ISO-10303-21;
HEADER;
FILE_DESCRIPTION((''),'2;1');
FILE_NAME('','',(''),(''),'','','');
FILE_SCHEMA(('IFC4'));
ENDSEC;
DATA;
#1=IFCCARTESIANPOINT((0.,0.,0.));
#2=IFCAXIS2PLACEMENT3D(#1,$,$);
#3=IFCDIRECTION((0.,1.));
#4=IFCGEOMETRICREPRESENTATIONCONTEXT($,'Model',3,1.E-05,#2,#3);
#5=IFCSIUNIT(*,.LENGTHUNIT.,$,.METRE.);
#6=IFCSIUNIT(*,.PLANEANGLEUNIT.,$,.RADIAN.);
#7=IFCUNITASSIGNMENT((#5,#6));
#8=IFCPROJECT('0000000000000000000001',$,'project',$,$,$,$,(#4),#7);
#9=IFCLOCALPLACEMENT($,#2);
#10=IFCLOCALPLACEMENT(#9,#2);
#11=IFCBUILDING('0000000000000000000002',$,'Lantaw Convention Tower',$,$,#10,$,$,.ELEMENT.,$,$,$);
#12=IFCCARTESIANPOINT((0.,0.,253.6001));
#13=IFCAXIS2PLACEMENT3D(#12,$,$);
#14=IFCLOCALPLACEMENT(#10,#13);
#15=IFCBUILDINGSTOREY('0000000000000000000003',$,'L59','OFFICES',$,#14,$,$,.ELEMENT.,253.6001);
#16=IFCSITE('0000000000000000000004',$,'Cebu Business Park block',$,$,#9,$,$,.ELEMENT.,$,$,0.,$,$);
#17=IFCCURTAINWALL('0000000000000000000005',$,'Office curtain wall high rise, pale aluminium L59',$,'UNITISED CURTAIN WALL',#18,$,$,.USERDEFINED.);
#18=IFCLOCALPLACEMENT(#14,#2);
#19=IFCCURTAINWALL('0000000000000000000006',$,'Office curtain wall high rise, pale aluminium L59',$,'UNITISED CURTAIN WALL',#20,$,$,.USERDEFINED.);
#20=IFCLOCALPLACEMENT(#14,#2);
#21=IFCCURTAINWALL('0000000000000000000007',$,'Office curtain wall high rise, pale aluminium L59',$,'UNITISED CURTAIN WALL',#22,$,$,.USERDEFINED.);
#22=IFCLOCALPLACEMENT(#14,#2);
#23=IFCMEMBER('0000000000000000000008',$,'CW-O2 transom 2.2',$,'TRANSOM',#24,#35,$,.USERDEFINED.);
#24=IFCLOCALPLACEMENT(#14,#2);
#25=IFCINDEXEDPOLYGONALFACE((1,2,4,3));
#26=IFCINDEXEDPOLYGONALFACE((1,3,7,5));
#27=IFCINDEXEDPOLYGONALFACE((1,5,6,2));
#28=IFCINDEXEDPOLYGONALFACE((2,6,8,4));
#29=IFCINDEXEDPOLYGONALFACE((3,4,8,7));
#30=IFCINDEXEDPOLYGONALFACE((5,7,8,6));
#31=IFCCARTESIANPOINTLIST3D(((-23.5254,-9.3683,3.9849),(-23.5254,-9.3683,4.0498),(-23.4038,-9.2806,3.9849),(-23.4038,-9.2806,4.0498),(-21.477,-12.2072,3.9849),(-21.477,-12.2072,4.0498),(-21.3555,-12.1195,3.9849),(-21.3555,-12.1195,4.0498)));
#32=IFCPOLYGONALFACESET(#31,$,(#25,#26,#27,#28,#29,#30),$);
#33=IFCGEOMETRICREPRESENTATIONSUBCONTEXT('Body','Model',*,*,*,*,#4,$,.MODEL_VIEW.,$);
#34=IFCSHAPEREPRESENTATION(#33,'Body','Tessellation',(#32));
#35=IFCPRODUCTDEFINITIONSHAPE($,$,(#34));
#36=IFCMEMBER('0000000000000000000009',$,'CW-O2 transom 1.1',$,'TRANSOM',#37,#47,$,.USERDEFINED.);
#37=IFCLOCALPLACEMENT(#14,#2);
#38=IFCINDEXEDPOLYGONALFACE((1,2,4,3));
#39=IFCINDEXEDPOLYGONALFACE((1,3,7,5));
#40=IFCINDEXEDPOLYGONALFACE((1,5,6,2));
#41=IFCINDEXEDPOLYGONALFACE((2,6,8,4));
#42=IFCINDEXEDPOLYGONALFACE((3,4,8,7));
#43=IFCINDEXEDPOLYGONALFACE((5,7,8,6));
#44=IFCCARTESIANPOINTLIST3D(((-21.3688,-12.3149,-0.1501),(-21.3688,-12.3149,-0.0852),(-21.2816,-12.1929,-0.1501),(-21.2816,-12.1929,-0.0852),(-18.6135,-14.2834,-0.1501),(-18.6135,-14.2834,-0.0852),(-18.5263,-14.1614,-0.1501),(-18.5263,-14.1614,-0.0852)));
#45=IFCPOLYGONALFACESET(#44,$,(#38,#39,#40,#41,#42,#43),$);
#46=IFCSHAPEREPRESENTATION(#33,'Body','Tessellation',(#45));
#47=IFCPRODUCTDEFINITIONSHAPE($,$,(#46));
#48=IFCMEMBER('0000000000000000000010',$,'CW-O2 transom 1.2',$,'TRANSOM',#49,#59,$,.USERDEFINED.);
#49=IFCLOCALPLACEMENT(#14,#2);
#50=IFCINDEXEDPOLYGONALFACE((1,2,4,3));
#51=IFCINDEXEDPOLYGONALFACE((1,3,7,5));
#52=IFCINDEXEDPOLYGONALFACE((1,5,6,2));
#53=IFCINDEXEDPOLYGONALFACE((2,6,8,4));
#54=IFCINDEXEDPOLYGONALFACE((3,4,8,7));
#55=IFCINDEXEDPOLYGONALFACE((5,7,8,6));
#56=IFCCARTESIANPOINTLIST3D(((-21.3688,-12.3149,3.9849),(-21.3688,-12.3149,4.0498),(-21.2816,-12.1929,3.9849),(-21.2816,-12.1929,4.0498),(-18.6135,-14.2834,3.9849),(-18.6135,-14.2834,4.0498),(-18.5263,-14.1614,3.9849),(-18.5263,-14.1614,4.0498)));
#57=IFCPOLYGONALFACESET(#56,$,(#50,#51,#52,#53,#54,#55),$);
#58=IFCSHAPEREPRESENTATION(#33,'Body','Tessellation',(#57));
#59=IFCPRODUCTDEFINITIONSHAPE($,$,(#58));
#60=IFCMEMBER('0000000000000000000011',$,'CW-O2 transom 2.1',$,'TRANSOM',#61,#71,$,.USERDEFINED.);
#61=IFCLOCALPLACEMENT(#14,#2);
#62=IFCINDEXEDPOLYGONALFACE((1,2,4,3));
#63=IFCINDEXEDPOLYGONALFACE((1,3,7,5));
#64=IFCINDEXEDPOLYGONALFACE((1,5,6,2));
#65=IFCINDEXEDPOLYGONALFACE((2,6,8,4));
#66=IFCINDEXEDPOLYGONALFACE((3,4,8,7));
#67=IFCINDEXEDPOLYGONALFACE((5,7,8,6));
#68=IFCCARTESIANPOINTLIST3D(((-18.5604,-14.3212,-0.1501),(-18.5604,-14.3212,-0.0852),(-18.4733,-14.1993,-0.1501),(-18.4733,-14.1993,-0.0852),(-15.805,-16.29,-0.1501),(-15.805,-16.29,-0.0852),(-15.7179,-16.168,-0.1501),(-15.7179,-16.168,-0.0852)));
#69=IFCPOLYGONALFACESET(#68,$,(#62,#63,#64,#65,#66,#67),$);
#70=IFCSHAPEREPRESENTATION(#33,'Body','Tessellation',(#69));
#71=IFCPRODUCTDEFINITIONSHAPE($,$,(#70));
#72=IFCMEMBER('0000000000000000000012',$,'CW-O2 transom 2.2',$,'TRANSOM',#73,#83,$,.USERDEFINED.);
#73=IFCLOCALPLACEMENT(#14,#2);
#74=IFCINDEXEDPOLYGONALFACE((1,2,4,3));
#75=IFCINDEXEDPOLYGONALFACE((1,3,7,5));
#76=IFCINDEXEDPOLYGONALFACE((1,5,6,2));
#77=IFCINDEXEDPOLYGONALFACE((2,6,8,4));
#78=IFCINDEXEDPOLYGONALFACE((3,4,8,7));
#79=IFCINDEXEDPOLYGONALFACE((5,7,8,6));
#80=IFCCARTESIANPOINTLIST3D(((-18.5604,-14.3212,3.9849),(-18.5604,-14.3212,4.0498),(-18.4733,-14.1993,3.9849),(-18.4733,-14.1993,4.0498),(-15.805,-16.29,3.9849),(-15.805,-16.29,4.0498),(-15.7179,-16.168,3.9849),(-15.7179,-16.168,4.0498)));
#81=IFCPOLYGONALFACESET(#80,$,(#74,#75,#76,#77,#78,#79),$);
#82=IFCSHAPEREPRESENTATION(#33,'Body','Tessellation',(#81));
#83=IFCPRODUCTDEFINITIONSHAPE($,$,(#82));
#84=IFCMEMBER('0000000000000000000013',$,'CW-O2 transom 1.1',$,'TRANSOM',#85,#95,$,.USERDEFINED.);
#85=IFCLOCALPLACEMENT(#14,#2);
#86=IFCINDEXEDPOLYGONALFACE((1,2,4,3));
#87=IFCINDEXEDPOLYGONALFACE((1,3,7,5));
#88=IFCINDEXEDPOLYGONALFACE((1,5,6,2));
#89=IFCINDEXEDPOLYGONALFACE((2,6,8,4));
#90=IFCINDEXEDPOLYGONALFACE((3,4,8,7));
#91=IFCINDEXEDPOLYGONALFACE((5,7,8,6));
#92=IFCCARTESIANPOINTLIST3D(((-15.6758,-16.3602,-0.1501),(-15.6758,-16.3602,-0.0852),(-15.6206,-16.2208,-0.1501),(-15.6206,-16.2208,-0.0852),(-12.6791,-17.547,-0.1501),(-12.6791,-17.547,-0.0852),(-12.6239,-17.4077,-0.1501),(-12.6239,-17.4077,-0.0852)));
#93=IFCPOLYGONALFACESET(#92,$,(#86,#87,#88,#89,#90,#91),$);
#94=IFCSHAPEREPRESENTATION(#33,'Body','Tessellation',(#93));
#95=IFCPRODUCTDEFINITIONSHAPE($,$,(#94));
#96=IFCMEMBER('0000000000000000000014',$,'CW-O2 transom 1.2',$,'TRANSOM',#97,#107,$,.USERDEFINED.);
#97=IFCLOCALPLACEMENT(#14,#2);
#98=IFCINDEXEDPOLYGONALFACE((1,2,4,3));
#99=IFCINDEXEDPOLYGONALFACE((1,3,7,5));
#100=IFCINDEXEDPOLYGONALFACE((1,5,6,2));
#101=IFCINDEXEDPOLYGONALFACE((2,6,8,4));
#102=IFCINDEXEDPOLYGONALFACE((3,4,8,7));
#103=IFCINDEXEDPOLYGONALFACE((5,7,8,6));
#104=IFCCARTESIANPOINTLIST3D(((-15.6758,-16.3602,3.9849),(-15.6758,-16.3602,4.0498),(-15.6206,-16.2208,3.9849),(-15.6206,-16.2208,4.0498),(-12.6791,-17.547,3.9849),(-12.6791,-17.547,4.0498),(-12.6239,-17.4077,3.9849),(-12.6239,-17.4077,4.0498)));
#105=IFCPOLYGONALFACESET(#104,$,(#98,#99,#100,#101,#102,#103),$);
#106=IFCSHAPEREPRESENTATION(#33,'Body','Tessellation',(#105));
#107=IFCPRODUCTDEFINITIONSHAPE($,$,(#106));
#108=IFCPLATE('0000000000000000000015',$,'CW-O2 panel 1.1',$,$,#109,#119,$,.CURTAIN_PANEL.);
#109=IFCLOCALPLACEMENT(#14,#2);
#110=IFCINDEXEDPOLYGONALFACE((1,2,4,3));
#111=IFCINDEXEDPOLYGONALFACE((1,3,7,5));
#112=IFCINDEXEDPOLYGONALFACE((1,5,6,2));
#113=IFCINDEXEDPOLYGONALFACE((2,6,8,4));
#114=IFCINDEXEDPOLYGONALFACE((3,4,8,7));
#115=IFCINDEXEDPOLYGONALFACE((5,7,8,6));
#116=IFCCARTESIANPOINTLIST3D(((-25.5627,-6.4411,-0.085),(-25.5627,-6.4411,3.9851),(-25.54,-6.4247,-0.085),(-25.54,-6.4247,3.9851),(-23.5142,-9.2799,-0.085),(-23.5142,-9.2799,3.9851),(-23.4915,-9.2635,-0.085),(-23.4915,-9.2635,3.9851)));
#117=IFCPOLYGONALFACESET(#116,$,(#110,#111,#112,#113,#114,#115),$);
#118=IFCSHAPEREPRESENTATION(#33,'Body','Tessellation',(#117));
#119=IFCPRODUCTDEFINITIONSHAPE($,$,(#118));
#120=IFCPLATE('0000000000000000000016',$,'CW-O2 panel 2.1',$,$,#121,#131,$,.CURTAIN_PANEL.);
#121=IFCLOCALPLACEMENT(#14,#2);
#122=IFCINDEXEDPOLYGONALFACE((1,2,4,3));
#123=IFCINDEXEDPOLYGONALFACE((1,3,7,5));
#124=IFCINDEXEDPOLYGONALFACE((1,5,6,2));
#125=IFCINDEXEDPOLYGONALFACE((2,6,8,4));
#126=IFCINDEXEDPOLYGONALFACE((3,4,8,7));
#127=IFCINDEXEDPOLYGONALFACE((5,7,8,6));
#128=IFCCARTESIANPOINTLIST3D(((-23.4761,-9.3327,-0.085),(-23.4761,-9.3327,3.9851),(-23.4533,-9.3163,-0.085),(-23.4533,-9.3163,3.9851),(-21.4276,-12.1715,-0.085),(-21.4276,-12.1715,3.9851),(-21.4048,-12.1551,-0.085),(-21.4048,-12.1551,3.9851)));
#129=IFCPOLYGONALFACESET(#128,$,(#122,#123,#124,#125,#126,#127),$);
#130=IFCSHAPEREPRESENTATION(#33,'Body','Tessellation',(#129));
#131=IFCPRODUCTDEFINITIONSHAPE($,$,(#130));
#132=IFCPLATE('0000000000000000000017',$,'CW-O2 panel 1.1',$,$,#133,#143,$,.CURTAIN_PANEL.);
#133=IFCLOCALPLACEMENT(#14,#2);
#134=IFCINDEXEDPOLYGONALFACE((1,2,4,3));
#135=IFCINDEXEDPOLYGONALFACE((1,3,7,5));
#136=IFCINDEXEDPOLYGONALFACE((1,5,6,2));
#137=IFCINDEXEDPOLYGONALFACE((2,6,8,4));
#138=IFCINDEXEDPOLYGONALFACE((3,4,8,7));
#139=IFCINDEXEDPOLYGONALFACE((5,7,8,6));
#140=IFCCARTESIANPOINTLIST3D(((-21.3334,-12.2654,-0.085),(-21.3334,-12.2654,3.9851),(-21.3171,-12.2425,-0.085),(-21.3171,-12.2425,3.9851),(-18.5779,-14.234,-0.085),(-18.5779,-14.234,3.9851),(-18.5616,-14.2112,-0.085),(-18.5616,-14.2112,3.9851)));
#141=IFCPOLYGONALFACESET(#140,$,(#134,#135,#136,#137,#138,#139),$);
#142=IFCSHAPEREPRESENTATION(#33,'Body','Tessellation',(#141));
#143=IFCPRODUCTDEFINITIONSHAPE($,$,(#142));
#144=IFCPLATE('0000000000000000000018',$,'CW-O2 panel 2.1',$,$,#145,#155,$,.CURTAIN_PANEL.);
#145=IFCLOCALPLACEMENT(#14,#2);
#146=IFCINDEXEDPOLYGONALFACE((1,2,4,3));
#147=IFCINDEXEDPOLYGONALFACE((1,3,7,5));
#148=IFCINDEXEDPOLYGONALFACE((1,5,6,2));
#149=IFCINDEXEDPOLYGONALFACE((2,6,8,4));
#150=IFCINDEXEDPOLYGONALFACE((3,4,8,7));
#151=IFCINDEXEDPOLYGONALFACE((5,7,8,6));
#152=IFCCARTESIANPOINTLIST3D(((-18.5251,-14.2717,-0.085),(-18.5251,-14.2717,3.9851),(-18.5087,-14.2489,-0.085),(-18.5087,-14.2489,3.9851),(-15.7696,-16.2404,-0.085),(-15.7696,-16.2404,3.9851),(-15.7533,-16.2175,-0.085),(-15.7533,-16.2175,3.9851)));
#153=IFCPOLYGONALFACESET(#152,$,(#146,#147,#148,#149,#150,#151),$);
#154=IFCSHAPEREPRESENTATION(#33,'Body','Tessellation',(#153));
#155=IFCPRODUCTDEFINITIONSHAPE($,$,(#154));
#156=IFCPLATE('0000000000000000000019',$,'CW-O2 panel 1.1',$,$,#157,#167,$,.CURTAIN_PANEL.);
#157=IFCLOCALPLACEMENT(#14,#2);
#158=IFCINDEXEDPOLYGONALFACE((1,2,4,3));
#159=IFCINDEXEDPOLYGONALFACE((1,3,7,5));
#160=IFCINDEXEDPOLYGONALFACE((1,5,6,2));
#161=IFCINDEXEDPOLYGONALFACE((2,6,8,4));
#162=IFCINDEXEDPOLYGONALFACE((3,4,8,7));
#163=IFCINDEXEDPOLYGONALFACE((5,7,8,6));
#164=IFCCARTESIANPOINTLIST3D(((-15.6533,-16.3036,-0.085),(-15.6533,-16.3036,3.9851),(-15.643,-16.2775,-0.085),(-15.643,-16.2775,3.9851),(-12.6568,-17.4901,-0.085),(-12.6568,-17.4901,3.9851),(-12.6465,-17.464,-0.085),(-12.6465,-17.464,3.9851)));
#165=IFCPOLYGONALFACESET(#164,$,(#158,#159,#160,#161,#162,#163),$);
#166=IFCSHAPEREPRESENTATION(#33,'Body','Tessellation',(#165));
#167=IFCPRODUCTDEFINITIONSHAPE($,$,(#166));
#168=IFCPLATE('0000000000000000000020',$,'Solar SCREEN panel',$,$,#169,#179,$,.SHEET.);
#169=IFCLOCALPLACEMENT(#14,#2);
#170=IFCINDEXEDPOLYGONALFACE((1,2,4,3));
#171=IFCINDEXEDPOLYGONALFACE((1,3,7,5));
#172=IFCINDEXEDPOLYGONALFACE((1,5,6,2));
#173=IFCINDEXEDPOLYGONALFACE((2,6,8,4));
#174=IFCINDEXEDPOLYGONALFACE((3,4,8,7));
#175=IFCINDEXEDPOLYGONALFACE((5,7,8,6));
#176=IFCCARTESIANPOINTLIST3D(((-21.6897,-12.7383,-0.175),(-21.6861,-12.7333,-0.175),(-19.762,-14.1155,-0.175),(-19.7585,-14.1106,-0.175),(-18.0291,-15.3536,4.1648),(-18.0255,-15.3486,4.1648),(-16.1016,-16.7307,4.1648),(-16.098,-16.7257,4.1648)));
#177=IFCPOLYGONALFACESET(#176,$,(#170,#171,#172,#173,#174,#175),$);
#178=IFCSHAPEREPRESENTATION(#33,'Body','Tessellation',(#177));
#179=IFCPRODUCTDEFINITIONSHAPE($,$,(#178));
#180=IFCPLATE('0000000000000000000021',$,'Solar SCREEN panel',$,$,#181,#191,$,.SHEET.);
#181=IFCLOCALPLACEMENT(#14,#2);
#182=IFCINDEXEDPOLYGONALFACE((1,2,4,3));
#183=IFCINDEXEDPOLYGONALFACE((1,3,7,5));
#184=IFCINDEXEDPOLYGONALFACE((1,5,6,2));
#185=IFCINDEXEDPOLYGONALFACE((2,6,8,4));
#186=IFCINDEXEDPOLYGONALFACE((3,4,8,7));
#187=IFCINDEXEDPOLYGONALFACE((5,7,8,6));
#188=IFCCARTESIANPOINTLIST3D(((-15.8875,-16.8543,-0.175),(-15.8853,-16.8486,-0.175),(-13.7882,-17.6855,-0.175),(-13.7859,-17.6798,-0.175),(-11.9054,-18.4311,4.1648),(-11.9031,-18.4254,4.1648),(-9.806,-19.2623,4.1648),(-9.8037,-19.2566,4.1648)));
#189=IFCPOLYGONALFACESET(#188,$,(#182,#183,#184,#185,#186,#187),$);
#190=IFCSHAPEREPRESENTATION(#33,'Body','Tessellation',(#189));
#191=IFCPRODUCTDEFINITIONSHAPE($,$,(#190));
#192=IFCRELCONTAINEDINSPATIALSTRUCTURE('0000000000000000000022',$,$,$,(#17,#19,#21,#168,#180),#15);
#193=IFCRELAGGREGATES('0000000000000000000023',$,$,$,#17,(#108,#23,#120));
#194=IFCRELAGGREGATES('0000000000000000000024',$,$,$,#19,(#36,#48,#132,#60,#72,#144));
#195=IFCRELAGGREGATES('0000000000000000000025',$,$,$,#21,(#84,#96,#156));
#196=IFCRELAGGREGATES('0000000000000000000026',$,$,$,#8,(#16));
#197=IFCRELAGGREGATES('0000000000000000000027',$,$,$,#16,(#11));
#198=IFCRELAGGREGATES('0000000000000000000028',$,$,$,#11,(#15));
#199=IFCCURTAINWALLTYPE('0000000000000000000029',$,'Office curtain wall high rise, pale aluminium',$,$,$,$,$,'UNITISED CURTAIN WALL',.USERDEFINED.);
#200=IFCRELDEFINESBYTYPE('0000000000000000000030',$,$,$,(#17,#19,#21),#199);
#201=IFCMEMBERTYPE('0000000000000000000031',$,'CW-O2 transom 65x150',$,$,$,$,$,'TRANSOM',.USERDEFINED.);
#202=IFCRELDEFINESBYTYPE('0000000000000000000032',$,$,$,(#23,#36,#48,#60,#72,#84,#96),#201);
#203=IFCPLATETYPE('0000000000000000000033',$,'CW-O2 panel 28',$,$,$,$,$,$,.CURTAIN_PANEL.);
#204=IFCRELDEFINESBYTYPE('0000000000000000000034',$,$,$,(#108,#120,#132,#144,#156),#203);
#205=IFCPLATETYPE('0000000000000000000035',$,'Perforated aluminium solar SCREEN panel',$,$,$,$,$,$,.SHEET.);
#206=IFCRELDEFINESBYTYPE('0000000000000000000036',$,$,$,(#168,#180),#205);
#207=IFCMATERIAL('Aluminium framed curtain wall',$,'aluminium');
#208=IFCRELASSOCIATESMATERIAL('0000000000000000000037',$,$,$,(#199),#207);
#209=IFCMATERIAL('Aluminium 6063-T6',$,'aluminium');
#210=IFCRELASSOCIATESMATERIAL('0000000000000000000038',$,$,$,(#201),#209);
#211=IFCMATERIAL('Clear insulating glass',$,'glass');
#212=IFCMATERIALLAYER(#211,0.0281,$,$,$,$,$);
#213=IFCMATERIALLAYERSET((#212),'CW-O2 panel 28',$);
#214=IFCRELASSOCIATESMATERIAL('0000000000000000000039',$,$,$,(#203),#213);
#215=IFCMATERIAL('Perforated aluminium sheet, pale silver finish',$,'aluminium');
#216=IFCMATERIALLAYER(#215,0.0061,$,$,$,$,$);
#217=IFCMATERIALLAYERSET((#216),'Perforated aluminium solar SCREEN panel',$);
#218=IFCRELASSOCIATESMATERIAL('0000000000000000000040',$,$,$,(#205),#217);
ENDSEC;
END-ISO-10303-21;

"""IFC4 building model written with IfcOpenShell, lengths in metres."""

from ifc_helpers import new_model, si_unit, direction, frame, origin, origin_2d, place, context, subcontext, project, spatial, polyline, rectangle, outline, extrude, material, layer, layer_set, material_profile, profile_set, type_object, element, aggregate, save


model = new_model("IFC4")

# Units and contexts
model_context = context("Model", 3, precision=1e-05, world=origin(), true_north=direction((0.0, 1.0)))
body_context = subcontext(model_context, "Body", "Model", "MODEL_VIEW")
ifc_project = project(units=[si_unit("LENGTHUNIT", "METRE"), si_unit("PLANEANGLEUNIT", "RADIAN")], contexts=[model_context])

# Site, building, storey
site_placement = place(None, origin())
site = spatial("IfcSite", under=ifc_project, at=site_placement, Name="Cebu Business Park block", CompositionType="ELEMENT", RefElevation=0.0)
building_placement = place(site_placement, origin())
building = spatial("IfcBuilding", under=site, at=building_placement, Name="Lantaw Convention Tower", CompositionType="ELEMENT")
storey_placement = place(building_placement, frame((0.0, 0.0, 253.6001)))
storey = spatial("IfcBuildingStorey", under=building, at=storey_placement, Name="L59", Description="OFFICES", CompositionType="ELEMENT", Elevation=253.6001)

# Curtain walls
ifc_material_1 = material(Name="Aluminium framed curtain wall", Category="aluminium")
curtain_wall_type = type_object("IfcCurtainWallType", Name="Office curtain wall high rise, pale aluminium", ElementType="UNITISED CURTAIN WALL", PredefinedType="USERDEFINED", material=ifc_material_1)
curtain_wall_1_placement = place(storey_placement, origin())
curtain_wall_1 = element("IfcCurtainWall", 1, at=curtain_wall_1_placement, inside=storey, type_object=curtain_wall_type, Name="Office curtain wall high rise, pale aluminium L59", ObjectType="UNITISED CURTAIN WALL", PredefinedType="USERDEFINED")
ifc_material_2 = material(Name="Aluminium 6063-T6", Category="aluminium")
curtain_wall_2_placement = place(storey_placement, origin())
curtain_wall_2 = element("IfcCurtainWall", 2, at=curtain_wall_2_placement, inside=storey, type_object=curtain_wall_type, Name="Office curtain wall high rise, pale aluminium L59", ObjectType="UNITISED CURTAIN WALL", PredefinedType="USERDEFINED")

# Curtain wall
curtain_wall_3_placement = place(storey_placement, origin())
curtain_wall_3 = element("IfcCurtainWall", 3, at=curtain_wall_3_placement, inside=storey, type_object=curtain_wall_type, Name="Office curtain wall high rise, pale aluminium L59", ObjectType="UNITISED CURTAIN WALL", PredefinedType="USERDEFINED")

# Members
ifc_material_profile_1 = material_profile(ifc_material_2, rectangle(XDim=0.1499, YDim=0.0649, at=origin_2d()), Name="CW-O2 transom 65x150")
ifc_profile_set_1 = profile_set([ifc_material_profile_1], Name="Aluminium 6063-T6")
member_type_1 = type_object("IfcMemberType", Name="CW-O2 transom 65x150", ElementType="TRANSOM", PredefinedType="USERDEFINED", material=ifc_profile_set_1)
member_1_placement = place(storey_placement, frame((-23.4646, -9.3245, 4.0173), z_axis=(0.585124, -0.810944, 0.0), x_axis=(0.810944, 0.585124, 0.0)))
member_1 = element("IfcMember", 4, at=member_1_placement, type_object=member_type_1, Name="CW-O2 transom 2.2", ObjectType="TRANSOM", PredefinedType="USERDEFINED", context=body_context, shape_type="SweptSolid", body=[
    extrude(rectangle(XDim=0.1499, YDim=0.0649, at=origin_2d()), origin(), (0.0, 0.0, 1.0), 3.5007),
])
member_2_placement = place(storey_placement, frame((-21.3252, -12.2539, -0.1177), z_axis=(0.81368, -0.581313, 0.0), x_axis=(0.581313, 0.81368, 0.0)))
member_2 = element("IfcMember", 5, at=member_2_placement, type_object=member_type_1, Name="CW-O2 transom 1.1", ObjectType="TRANSOM", PredefinedType="USERDEFINED", context=body_context, shape_type="SweptSolid", body=[
    extrude(rectangle(XDim=0.1499, YDim=0.0649, at=origin_2d()), origin(), (0.0, 0.0, 1.0), 3.3862),
])
member_3_placement = place(storey_placement, frame((-21.3252, -12.2539, 4.0173), z_axis=(0.81368, -0.581313, 0.0), x_axis=(0.581313, 0.81368, 0.0)))
member_3 = element("IfcMember", 6, at=member_3_placement, type_object=member_type_1, Name="CW-O2 transom 1.2", ObjectType="TRANSOM", PredefinedType="USERDEFINED", context=body_context, shape_type="SweptSolid", body=[
    extrude(rectangle(XDim=0.1499, YDim=0.0649, at=origin_2d()), origin(), (0.0, 0.0, 1.0), 3.3862),
])
member_4_placement = place(storey_placement, frame((-18.5168, -14.2603, -0.1177), z_axis=(0.813646, -0.581361, 0.0), x_axis=(0.581361, 0.813646, 0.0)))
member_4 = element("IfcMember", 7, at=member_4_placement, type_object=member_type_1, Name="CW-O2 transom 2.1", ObjectType="TRANSOM", PredefinedType="USERDEFINED", context=body_context, shape_type="SweptSolid", body=[
    extrude(rectangle(XDim=0.1499, YDim=0.0649, at=origin_2d()), origin(), (0.0, 0.0, 1.0), 3.3865),
])
member_5_placement = place(storey_placement, frame((-18.5168, -14.2603, 4.0173), z_axis=(0.813646, -0.581361, 0.0), x_axis=(0.581361, 0.813646, 0.0)))
member_5 = element("IfcMember", 8, at=member_5_placement, type_object=member_type_1, Name="CW-O2 transom 2.2", ObjectType="TRANSOM", PredefinedType="USERDEFINED", context=body_context, shape_type="SweptSolid", body=[
    extrude(rectangle(XDim=0.1499, YDim=0.0649, at=origin_2d()), origin(), (0.0, 0.0, 1.0), 3.3865),
])
member_6_placement = place(storey_placement, frame((-15.6482, -16.2905, -0.1177), z_axis=(0.929741, -0.368215, 0.0), x_axis=(0.368215, 0.929741, 0.0)))
member_6 = element("IfcMember", 9, at=member_6_placement, type_object=member_type_1, Name="CW-O2 transom 1.1", ObjectType="TRANSOM", PredefinedType="USERDEFINED", context=body_context, shape_type="SweptSolid", body=[
    extrude(rectangle(XDim=0.1499, YDim=0.0649, at=origin_2d()), origin(), (0.0, 0.0, 1.0), 3.2231),
])
member_7_placement = place(storey_placement, frame((-15.6482, -16.2905, 4.0173), z_axis=(0.929741, -0.368215, 0.0), x_axis=(0.368215, 0.929741, 0.0)))
member_7 = element("IfcMember", 10, at=member_7_placement, type_object=member_type_1, Name="CW-O2 transom 1.2", ObjectType="TRANSOM", PredefinedType="USERDEFINED", context=body_context, shape_type="SweptSolid", body=[
    extrude(rectangle(XDim=0.1499, YDim=0.0649, at=origin_2d()), origin(), (0.0, 0.0, 1.0), 3.2231),
])

# Plates
ifc_material_3 = material(Name="Clear insulating glass", Category="glass")
ifc_layer_1 = layer(ifc_material_3, 0.0281)
ifc_layer_set_1 = layer_set([ifc_layer_1], Name="CW-O2 panel 28")
plate_type_1 = type_object("IfcPlateType", Name="CW-O2 panel 28", PredefinedType="CURTAIN_PANEL", material=ifc_layer_set_1)
plate_1_placement = place(storey_placement, frame((-24.5271, -7.8523, -0.085), z_axis=(0.0, 0.0, 1.0), x_axis=(0.585158, -0.81092, 0.0)))
plate_1 = element("IfcPlate", 11, at=plate_1_placement, type_object=plate_type_1, Name="CW-O2 panel 1.1", PredefinedType="CURTAIN_PANEL", context=body_context, shape_type="SweptSolid", body=[
    extrude(rectangle(XDim=3.5007, YDim=0.0281, at=origin_2d()), origin(), (0.0, 0.0, 1.0), 4.0701),
])
plate_2_placement = place(storey_placement, frame((-22.4404, -10.7439, -0.085), z_axis=(0.0, 0.0, 1.0), x_axis=(0.585158, -0.81092, 0.0)))
plate_2 = element("IfcPlate", 12, at=plate_2_placement, type_object=plate_type_1, Name="CW-O2 panel 2.1", PredefinedType="CURTAIN_PANEL", context=body_context, shape_type="SweptSolid", body=[
    extrude(rectangle(XDim=3.5007, YDim=0.0281, at=origin_2d()), origin(), (0.0, 0.0, 1.0), 4.0701),
])
aggregate(curtain_wall_1, [plate_1, member_1, plate_2])
plate_3_placement = place(storey_placement, frame((-19.9475, -13.2383, -0.085), z_axis=(0.0, 0.0, 1.0), x_axis=(0.813673, -0.581323, 0.0)))
plate_3 = element("IfcPlate", 13, at=plate_3_placement, type_object=plate_type_1, Name="CW-O2 panel 1.1", PredefinedType="CURTAIN_PANEL", context=body_context, shape_type="SweptSolid", body=[
    extrude(rectangle(XDim=3.3865, YDim=0.0281, at=origin_2d()), origin(), (0.0, 0.0, 1.0), 4.0701),
])
plate_4_placement = place(storey_placement, frame((-17.1392, -15.2446, -0.085), z_axis=(0.0, 0.0, 1.0), x_axis=(0.813673, -0.581323, 0.0)))
plate_4 = element("IfcPlate", 14, at=plate_4_placement, type_object=plate_type_1, Name="CW-O2 panel 2.1", PredefinedType="CURTAIN_PANEL", context=body_context, shape_type="SweptSolid", body=[
    extrude(rectangle(XDim=3.3865, YDim=0.0281, at=origin_2d()), origin(), (0.0, 0.0, 1.0), 4.0701),
])
aggregate(curtain_wall_2, [member_2, member_3, plate_3, member_4, member_5, plate_4])
plate_5_placement = place(storey_placement, frame((-14.1499, -16.8838, -0.085), z_axis=(0.0, 0.0, 1.0), x_axis=(0.929762, -0.368162, 0.0)))
plate_5 = element("IfcPlate", 15, at=plate_5_placement, type_object=plate_type_1, Name="CW-O2 panel 1.1", PredefinedType="CURTAIN_PANEL", context=body_context, shape_type="SweptSolid", body=[
    extrude(rectangle(XDim=3.2229, YDim=0.0281, at=origin_2d()), origin(), (0.0, 0.0, 1.0), 4.0701),
])
aggregate(curtain_wall_3, [member_6, member_7, plate_5])

# Plates
ifc_material_4 = material(Name="Perforated aluminium sheet, pale silver finish", Category="aluminium")
ifc_layer_2 = layer(ifc_material_4, 0.0061)
ifc_layer_set_2 = layer_set([ifc_layer_2], Name="Perforated aluminium solar SCREEN panel")
plate_type_2 = type_object("IfcPlateType", Name="Perforated aluminium solar SCREEN panel", PredefinedType="SHEET", material=ifc_layer_set_2)
plate_6_placement = place(storey_placement, frame((-21.6897, -12.7383, -0.175), z_axis=(-0.581331, -0.813667, 0.00001), x_axis=(0.813667, -0.581331, 0.0)))
element("IfcPlate", 16, at=plate_6_placement, inside=storey, type_object=plate_type_2, Name="Solar SCREEN panel", PredefinedType="SHEET", context=body_context, shape_type="SweptSolid", body=[
    extrude(outline(polyline([(0.0, 0.0), (2.3691, 0.0), (6.8678, 4.3398), (4.4989, 4.3398), (0.0, 0.0)])), origin(), (0.0, 0.0, -1.0), 0.0061),
])
plate_7_placement = place(storey_placement, frame((-15.8853, -16.8486, -0.175), z_axis=(0.368117, 0.92978, 0.000036), x_axis=(0.92978, -0.368117, 0.0)))
element("IfcPlate", 17, at=plate_7_placement, inside=storey, type_object=plate_type_2, Name="Solar SCREEN panel", PredefinedType="SHEET", context=body_context, shape_type="SweptSolid", body=[
    extrude(outline(polyline([(0.0, 0.0), (2.2579, 0.0), (6.5409, -4.3398), (4.2829, -4.3398), (0.0, 0.0)])), origin(), (0.0, 0.0, -1.0), 0.0061),
])

save(model, "model.ifc")
